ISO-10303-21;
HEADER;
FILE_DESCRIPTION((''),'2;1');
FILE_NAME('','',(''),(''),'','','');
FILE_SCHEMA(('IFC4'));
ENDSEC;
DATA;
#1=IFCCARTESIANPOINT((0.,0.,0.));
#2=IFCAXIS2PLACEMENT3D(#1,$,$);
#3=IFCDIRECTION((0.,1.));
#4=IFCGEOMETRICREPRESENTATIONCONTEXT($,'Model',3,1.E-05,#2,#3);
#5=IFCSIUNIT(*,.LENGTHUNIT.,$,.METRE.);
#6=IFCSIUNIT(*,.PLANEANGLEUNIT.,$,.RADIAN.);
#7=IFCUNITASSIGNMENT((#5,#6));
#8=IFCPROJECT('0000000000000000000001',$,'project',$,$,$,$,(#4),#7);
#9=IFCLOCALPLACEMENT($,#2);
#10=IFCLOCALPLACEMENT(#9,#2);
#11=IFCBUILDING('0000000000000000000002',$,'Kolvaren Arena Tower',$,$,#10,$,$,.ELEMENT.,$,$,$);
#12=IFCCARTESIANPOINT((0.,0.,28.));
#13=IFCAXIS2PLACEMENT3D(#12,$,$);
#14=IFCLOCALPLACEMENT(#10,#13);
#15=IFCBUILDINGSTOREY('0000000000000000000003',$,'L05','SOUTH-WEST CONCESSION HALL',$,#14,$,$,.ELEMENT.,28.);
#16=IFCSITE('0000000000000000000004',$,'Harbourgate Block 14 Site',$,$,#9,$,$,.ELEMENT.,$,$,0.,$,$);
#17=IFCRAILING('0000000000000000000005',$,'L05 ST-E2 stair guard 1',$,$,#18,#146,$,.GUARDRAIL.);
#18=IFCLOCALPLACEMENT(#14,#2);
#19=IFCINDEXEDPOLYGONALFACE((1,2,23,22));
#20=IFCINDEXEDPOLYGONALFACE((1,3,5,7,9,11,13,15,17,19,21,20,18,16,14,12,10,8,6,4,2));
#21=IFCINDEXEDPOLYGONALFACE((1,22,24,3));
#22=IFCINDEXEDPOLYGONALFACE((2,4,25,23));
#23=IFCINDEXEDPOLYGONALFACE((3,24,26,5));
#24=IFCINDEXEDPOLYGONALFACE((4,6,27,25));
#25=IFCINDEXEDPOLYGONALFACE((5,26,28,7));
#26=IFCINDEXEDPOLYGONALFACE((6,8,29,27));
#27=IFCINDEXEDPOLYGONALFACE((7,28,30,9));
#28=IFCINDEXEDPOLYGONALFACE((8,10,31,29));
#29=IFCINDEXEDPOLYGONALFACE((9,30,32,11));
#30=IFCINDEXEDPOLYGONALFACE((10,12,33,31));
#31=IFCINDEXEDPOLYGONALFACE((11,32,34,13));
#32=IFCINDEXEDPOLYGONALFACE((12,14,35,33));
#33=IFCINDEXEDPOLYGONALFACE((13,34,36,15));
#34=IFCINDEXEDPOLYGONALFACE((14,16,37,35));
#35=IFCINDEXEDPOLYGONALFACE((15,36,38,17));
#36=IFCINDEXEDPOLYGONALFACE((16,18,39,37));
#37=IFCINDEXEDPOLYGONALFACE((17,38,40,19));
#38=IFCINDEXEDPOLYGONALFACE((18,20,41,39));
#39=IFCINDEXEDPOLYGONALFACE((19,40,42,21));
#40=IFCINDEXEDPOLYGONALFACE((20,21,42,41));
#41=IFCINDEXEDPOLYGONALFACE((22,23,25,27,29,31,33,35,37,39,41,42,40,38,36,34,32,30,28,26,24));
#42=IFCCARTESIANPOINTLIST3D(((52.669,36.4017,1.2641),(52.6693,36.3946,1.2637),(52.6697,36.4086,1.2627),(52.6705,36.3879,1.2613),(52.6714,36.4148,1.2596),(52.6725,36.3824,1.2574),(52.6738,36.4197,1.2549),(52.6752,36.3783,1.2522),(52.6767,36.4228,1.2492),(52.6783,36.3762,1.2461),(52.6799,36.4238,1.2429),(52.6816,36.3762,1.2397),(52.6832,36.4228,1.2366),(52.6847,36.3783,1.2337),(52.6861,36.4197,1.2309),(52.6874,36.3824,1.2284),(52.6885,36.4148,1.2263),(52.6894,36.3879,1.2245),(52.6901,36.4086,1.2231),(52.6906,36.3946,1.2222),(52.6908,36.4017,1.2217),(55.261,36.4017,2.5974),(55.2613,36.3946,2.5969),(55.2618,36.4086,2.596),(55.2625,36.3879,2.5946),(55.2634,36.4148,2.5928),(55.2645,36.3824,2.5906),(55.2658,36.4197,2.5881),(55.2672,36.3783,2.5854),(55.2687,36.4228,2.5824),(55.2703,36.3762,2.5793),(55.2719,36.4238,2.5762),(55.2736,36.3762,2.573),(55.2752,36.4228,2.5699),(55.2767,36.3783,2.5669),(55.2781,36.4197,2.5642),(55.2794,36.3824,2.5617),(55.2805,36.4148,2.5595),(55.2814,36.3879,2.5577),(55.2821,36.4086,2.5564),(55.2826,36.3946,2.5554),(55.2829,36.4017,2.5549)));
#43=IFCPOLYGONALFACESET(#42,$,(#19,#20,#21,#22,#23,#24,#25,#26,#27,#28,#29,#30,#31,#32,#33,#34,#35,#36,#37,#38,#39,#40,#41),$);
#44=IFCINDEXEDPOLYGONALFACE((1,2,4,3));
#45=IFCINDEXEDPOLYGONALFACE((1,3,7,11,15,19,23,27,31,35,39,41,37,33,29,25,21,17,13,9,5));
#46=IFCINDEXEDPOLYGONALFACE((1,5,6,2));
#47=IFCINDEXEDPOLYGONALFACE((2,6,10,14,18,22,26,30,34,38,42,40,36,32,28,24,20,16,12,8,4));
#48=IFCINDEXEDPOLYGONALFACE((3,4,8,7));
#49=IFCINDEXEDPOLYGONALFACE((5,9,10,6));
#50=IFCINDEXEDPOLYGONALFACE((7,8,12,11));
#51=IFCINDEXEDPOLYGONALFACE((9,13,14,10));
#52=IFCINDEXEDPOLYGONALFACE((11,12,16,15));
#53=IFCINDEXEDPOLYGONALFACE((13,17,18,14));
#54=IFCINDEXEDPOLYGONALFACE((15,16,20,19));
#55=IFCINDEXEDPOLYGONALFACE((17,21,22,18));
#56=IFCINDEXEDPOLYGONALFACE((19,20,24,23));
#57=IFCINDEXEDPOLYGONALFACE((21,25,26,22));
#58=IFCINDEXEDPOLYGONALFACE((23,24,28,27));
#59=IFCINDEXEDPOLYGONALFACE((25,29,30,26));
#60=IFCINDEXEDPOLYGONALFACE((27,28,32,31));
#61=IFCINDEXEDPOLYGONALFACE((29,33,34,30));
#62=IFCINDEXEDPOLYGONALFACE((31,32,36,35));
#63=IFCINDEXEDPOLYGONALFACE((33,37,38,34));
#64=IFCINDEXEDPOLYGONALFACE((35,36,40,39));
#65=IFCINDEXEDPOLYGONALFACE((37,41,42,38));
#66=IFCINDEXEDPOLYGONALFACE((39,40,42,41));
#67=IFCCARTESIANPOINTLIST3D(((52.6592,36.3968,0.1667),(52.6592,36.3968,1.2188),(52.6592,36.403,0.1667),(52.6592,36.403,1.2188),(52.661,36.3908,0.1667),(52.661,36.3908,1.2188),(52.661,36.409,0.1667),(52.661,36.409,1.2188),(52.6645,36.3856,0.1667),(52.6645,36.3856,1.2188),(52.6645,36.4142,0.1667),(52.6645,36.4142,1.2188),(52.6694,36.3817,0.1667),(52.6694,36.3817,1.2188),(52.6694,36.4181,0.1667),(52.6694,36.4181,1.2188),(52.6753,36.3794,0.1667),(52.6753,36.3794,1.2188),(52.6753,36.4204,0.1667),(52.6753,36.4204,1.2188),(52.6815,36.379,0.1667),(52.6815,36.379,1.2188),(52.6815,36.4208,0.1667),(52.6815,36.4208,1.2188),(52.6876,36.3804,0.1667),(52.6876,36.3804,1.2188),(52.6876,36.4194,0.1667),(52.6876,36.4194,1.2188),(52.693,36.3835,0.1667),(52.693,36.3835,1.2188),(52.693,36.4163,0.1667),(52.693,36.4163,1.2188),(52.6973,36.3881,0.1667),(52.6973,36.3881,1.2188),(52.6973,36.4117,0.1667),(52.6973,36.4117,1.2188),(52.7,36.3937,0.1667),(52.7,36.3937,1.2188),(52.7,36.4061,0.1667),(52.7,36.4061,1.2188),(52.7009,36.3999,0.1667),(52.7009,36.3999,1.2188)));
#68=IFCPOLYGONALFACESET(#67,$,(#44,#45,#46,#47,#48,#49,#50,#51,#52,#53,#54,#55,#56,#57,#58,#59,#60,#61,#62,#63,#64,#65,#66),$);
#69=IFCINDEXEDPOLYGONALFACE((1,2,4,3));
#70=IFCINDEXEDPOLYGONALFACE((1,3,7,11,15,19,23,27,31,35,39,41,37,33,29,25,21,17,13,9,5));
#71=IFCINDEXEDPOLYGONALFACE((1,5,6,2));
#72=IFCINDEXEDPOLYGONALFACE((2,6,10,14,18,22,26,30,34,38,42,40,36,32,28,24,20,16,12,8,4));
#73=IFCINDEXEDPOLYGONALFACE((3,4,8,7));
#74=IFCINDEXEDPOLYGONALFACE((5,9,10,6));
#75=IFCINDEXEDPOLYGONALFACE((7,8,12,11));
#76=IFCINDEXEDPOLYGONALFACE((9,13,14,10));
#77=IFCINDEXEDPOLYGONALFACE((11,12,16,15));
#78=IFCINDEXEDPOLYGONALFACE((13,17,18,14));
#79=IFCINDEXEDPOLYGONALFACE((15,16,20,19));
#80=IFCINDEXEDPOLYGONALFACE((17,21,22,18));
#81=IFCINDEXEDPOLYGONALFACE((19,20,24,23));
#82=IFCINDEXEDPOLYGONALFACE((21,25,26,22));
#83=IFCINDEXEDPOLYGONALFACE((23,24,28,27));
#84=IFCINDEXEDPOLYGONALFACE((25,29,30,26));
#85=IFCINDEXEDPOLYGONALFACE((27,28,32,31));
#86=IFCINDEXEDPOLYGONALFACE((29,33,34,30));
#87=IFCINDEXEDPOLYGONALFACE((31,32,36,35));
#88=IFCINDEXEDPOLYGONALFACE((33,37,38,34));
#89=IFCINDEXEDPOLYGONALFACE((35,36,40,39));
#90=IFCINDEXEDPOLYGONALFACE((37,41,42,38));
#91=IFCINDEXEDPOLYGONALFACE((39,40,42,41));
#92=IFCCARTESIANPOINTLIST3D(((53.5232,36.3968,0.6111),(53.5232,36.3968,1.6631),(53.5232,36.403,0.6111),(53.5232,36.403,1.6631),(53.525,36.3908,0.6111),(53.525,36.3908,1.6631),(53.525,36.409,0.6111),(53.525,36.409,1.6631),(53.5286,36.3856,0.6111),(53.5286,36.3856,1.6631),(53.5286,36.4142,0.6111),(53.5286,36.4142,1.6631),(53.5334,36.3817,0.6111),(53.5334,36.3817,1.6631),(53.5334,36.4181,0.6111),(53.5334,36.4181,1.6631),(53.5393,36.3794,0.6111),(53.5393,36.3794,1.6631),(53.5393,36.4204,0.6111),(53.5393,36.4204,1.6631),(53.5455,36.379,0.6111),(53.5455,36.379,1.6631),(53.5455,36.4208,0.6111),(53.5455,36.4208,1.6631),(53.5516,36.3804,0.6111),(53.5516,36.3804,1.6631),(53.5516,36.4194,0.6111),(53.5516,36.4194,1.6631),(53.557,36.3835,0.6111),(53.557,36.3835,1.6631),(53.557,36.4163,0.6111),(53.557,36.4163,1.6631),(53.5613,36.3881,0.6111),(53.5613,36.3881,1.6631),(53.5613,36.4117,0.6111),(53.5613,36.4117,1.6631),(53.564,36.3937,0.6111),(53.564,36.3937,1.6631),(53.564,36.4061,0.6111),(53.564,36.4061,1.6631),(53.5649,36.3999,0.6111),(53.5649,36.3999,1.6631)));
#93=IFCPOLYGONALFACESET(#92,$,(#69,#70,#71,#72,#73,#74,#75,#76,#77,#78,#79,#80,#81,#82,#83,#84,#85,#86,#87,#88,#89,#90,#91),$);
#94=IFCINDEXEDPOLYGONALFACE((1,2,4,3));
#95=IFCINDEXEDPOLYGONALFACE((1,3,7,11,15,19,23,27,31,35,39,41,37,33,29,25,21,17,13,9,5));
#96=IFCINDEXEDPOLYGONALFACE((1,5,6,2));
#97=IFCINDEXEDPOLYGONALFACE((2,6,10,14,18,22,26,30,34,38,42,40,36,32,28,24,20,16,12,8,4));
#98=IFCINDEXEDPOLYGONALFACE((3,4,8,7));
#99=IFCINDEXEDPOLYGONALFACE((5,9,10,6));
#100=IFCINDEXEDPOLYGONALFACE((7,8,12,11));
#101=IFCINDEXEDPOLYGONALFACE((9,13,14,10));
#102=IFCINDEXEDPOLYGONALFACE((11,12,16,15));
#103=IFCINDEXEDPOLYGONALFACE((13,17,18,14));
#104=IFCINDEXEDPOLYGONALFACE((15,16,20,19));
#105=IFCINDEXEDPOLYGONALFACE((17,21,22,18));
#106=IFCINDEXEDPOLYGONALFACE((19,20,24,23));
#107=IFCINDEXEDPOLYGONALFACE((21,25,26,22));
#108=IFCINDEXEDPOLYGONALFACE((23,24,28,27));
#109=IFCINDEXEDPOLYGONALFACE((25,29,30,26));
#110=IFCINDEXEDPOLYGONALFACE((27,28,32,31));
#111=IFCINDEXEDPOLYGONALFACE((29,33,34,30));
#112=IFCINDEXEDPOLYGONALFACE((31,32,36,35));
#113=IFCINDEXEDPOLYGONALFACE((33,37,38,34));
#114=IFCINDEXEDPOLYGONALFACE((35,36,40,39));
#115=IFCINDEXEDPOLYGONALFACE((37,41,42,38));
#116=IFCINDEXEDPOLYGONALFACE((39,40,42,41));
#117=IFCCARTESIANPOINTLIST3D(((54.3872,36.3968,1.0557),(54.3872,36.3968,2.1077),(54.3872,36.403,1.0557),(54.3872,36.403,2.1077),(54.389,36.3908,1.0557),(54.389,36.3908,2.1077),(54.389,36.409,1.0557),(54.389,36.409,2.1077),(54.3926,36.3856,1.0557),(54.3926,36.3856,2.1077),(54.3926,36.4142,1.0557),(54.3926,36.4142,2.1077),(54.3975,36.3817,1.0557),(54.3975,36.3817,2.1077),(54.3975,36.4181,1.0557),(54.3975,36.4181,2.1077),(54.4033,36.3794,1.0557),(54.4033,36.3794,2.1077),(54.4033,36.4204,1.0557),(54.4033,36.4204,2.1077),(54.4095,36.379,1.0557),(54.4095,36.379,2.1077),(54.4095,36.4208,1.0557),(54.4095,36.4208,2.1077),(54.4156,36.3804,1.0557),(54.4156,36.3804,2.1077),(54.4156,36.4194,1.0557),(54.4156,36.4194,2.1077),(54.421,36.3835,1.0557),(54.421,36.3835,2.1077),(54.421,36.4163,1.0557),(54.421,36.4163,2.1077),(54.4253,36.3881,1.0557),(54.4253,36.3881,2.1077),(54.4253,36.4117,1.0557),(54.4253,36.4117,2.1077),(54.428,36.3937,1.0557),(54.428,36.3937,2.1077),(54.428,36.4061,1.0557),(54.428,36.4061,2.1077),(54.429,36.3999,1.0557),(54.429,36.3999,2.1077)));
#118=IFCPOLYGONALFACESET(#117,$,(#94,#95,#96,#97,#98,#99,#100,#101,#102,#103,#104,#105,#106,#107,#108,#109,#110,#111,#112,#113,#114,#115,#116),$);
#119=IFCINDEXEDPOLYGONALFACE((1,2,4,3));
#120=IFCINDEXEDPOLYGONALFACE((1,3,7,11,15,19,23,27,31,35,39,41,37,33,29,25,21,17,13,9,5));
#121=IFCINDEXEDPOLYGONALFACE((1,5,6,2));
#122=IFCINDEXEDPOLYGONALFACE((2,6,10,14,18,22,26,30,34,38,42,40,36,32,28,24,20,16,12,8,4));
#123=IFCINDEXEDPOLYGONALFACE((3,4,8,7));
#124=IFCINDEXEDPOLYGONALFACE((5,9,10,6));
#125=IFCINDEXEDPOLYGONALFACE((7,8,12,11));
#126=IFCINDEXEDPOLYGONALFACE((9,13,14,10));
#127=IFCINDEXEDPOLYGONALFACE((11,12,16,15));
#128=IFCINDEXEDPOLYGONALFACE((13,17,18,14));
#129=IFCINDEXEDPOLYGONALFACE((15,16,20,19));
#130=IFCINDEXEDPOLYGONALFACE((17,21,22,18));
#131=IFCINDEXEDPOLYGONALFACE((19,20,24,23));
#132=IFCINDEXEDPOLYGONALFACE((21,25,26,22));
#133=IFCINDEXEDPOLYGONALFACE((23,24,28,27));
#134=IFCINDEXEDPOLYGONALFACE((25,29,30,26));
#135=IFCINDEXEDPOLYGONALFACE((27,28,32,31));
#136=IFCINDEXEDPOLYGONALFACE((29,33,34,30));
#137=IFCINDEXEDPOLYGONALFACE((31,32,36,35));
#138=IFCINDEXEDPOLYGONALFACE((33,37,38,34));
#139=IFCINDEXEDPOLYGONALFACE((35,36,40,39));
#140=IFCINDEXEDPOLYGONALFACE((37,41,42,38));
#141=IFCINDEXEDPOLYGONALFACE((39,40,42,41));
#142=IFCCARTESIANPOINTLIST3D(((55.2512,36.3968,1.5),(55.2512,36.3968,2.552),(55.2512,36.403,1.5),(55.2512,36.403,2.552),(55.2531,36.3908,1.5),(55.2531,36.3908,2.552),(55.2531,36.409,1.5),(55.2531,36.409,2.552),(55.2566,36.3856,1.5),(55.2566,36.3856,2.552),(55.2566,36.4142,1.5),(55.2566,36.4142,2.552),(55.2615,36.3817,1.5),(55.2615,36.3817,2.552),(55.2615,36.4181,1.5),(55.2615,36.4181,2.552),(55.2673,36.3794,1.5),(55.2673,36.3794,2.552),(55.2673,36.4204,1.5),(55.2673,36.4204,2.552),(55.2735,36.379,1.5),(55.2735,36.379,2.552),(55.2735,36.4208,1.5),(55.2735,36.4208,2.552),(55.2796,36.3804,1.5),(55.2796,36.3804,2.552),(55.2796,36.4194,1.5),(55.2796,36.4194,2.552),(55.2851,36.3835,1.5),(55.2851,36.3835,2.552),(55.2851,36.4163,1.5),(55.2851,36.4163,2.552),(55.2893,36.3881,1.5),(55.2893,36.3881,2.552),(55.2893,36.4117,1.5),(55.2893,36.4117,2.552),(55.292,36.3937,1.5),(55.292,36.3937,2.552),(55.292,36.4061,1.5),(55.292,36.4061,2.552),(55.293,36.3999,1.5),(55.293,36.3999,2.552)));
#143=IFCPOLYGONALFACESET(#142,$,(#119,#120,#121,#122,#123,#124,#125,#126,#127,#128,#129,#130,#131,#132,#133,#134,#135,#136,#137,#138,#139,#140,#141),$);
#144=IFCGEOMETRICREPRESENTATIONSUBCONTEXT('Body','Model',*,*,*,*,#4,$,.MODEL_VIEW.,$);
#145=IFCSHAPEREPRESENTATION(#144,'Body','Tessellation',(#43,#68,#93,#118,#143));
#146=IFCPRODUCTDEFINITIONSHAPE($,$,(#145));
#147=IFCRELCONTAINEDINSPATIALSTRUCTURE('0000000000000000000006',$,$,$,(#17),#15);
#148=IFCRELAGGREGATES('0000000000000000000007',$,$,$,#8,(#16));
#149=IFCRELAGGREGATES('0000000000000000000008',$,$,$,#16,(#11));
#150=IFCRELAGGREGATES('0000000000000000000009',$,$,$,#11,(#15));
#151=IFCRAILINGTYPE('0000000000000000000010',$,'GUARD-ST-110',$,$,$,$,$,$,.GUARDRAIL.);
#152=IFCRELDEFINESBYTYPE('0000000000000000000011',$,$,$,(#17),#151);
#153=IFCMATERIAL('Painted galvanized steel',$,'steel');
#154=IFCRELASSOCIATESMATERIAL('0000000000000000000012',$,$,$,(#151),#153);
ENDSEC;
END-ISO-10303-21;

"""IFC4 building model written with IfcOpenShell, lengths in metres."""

from ifc_helpers import new_model, si_unit, direction, frame, origin, origin_2d, place, context, subcontext, project, spatial, circle, extrude, material, type_object, element, save


model = new_model("IFC4")

# Units and contexts
model_context = context("Model", 3, precision=1e-05, world=origin(), true_north=direction((0.0, 1.0)))
body_context = subcontext(model_context, "Body", "Model", "MODEL_VIEW")
ifc_project = project(units=[si_unit("LENGTHUNIT", "METRE"), si_unit("PLANEANGLEUNIT", "RADIAN")], contexts=[model_context])

# Site, building, storey
site_placement = place(None, origin())
site = spatial("IfcSite", under=ifc_project, at=site_placement, Name="Harbourgate Block 14 Site", CompositionType="ELEMENT", RefElevation=0.0)
building_placement = place(site_placement, origin())
building = spatial("IfcBuilding", under=site, at=building_placement, Name="Kolvaren Arena Tower", CompositionType="ELEMENT")
storey_placement = place(building_placement, frame((0.0, 0.0, 28.0)))
storey = spatial("IfcBuildingStorey", under=building, at=storey_placement, Name="L05", Description="SOUTH-WEST CONCESSION HALL", CompositionType="ELEMENT", Elevation=28.0)

# Railing
ifc_material_1 = material(Name="Painted galvanized steel", Category="steel")
railing_type_1 = type_object("IfcRailingType", Name="GUARD-ST-110", PredefinedType="GUARDRAIL", material=ifc_material_1)
railing_1_placement = place(storey_placement, frame((52.6799, 36.3999, 0.1667)))
element("IfcRailing", 1, at=railing_1_placement, inside=storey, type_object=railing_type_1, Name="L05 ST-E2 stair guard 1", PredefinedType="GUARDRAIL", context=body_context, shape_type="SweptSolid", body=[
    extrude(circle(Radius=0.0239, at=origin_2d()), frame((0.0, 0.0, 1.0762), z_axis=(0.88926, 0.0, 0.457403), x_axis=(0.0, 1.0, 0.0)), (0.0, 0.0, 1.0), 2.9148),
    extrude(circle(Radius=0.021, at=origin_2d()), origin(), (0.0, 0.0, 1.0), 1.052),
    extrude(circle(Radius=0.021, at=origin_2d()), frame((0.864, 0.0, 0.4443)), (0.0, 0.0, 1.0), 1.052),
    extrude(circle(Radius=0.021, at=origin_2d()), frame((1.728, 0.0, 0.8889)), (0.0, 0.0, 1.0), 1.052),
    extrude(circle(Radius=0.021, at=origin_2d()), frame((2.592, 0.0, 1.3333)), (0.0, 0.0, 1.0), 1.052),
])

save(model, "model.ifc")
